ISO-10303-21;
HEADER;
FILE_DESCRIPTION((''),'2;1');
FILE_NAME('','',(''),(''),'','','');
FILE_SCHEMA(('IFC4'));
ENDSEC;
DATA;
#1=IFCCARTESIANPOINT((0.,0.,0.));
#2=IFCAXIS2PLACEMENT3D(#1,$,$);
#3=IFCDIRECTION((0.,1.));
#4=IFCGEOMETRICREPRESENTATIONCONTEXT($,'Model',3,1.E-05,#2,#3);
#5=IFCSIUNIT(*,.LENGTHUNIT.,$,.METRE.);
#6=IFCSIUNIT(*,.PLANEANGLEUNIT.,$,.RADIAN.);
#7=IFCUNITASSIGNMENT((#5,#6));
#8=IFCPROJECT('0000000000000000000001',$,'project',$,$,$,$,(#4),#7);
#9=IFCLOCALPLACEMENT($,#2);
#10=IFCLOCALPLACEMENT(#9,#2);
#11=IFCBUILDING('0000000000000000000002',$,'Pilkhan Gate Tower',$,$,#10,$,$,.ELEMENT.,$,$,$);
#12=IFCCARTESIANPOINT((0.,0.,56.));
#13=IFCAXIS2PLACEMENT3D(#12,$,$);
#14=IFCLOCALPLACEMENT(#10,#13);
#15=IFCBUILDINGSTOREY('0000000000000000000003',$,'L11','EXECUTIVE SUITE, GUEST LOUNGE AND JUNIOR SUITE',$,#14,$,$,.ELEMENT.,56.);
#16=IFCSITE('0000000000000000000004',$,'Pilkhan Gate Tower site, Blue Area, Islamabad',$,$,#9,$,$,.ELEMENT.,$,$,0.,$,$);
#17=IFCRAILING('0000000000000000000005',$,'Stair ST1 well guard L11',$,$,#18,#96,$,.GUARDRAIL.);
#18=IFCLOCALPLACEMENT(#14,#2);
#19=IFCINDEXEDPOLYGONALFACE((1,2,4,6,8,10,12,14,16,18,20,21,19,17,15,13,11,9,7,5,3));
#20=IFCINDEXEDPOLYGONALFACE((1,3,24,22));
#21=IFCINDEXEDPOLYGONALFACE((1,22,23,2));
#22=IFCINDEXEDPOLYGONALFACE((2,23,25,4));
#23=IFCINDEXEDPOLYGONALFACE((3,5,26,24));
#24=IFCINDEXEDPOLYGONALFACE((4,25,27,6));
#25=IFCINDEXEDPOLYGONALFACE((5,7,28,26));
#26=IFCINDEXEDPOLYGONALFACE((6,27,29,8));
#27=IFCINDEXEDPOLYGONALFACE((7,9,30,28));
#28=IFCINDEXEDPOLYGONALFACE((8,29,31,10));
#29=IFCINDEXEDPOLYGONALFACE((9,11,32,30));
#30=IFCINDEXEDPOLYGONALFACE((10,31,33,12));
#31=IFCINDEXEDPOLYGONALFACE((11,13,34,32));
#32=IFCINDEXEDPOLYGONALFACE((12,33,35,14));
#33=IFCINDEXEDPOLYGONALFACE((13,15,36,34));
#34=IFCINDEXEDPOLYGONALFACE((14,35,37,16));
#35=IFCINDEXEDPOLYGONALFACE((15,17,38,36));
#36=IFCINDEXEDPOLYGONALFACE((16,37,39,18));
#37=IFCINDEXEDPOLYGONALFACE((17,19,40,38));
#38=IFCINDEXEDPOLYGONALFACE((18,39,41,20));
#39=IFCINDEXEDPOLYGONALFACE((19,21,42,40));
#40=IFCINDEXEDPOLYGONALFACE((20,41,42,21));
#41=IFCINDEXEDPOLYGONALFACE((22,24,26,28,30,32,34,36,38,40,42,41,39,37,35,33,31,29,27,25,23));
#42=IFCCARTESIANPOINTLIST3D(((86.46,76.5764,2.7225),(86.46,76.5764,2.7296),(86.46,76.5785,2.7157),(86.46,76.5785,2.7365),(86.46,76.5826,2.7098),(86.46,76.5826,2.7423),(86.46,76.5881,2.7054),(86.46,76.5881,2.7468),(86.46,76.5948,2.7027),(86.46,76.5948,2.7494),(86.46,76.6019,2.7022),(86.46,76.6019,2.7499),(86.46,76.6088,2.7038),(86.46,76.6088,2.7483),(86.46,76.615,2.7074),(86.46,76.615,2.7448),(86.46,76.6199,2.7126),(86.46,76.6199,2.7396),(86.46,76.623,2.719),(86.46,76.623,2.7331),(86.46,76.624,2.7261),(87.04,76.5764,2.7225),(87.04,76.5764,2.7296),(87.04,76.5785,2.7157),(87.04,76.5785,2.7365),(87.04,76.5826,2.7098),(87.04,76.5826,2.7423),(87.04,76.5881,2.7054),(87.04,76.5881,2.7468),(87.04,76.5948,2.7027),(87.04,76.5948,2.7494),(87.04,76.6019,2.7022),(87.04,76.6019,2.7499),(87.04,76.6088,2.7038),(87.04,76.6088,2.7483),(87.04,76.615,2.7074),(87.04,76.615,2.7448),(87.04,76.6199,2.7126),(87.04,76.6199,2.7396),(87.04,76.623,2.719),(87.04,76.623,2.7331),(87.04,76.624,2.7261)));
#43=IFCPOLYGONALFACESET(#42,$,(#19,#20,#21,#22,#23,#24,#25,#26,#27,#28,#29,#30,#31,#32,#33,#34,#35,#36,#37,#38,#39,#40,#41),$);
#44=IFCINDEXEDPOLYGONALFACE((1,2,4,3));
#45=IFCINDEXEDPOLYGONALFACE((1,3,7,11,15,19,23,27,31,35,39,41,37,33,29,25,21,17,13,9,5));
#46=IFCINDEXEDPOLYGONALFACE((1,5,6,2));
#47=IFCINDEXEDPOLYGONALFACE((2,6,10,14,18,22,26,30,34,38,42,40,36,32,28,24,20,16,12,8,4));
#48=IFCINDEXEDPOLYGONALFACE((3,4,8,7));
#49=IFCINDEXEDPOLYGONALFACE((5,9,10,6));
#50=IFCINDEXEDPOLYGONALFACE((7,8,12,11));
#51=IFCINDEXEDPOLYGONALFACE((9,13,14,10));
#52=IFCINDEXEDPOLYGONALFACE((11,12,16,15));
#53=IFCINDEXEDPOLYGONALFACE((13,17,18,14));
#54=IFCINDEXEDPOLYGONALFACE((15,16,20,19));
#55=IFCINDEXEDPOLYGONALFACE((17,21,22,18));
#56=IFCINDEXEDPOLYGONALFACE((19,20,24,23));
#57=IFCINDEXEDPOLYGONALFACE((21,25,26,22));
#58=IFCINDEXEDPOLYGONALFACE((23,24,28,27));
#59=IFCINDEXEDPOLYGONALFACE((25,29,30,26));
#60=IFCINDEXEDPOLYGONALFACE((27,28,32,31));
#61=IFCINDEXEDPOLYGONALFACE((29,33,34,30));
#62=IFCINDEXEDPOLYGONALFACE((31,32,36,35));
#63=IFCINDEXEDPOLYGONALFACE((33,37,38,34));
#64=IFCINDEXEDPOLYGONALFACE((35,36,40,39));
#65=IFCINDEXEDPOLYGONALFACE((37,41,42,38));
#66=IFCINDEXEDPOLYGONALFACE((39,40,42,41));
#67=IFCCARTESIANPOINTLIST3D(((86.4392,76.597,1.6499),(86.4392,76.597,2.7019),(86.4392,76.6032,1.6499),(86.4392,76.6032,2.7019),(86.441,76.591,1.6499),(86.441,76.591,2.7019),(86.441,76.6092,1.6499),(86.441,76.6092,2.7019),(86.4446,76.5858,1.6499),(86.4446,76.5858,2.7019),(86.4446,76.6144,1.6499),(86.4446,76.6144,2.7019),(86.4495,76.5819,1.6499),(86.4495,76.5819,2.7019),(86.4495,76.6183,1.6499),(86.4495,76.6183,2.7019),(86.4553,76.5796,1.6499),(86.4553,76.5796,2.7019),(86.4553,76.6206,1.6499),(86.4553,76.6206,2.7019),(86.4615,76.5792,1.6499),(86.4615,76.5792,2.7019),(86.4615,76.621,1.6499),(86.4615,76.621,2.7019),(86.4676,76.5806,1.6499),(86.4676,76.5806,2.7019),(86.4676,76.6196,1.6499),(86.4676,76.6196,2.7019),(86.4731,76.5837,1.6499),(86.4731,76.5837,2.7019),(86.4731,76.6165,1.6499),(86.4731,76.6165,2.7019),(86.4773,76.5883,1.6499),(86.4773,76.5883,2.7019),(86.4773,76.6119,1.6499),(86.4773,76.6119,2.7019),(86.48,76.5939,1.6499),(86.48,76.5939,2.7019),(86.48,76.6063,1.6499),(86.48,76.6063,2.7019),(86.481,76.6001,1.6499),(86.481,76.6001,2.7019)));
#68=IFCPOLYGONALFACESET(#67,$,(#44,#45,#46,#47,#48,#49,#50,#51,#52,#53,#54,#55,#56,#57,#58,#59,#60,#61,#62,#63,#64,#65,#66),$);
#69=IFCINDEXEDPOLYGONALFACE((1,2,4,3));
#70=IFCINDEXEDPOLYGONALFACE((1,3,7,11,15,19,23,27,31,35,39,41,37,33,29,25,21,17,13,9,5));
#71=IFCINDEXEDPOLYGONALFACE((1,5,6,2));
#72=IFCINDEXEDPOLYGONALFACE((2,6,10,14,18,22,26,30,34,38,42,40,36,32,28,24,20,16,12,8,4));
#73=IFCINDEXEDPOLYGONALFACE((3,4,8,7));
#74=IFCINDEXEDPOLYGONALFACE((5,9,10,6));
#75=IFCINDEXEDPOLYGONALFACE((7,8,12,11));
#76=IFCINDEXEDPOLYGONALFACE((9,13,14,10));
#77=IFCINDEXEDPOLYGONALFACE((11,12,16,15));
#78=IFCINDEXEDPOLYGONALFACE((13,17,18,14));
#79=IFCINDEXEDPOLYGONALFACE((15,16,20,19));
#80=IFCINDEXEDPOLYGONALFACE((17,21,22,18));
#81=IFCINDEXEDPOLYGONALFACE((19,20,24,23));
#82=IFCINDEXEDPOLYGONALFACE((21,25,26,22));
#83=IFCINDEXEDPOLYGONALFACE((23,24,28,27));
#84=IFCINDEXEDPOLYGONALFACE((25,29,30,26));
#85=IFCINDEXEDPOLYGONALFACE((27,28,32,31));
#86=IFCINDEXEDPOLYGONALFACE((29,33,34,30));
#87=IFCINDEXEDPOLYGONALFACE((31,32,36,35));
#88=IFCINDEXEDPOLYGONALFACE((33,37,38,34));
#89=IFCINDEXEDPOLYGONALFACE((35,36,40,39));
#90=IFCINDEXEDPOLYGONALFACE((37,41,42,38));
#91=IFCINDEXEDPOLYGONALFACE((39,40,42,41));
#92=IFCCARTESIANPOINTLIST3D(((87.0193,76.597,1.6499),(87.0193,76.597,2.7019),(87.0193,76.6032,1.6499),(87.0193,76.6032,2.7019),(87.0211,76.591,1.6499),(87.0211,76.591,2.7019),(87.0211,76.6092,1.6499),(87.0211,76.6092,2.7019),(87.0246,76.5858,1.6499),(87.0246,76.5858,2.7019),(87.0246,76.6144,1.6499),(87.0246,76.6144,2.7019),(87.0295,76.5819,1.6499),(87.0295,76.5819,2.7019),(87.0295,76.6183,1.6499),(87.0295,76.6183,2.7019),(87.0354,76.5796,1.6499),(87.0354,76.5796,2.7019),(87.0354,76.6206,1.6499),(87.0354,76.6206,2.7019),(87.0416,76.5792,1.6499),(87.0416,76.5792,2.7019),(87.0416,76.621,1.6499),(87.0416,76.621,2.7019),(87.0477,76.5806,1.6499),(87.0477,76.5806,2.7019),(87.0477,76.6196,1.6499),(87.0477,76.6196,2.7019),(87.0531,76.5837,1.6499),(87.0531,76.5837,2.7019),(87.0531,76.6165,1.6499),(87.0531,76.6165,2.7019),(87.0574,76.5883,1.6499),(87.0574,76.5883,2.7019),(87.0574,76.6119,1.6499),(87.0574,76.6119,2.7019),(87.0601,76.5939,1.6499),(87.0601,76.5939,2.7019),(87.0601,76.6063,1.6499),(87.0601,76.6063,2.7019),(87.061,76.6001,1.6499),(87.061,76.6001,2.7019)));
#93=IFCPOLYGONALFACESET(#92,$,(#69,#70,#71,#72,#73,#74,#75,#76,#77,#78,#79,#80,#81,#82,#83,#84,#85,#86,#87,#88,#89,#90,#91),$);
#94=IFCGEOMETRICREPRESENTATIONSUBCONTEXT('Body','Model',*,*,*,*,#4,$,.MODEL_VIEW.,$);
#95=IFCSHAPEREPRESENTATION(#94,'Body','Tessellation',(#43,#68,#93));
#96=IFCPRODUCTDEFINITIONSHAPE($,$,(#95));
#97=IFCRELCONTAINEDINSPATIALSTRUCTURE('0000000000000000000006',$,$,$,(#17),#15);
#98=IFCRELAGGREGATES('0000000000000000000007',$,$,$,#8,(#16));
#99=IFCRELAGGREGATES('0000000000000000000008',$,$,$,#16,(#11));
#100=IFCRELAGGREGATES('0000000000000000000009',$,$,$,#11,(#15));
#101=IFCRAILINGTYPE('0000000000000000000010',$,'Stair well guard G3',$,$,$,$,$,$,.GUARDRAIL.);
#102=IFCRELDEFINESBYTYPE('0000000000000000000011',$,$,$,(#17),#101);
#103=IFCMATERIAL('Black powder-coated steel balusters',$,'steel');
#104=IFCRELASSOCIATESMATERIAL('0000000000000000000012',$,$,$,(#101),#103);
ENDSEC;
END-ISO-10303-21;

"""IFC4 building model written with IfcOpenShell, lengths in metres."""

from ifc_helpers import new_model, si_unit, direction, frame, origin, origin_2d, place, context, subcontext, project, spatial, circle, extrude, material, type_object, element, save


model = new_model("IFC4")

# Units and contexts
model_context = context("Model", 3, precision=1e-05, world=origin(), true_north=direction((0.0, 1.0)))
body_context = subcontext(model_context, "Body", "Model", "MODEL_VIEW")
ifc_project = project(units=[si_unit("LENGTHUNIT", "METRE"), si_unit("PLANEANGLEUNIT", "RADIAN")], contexts=[model_context])

# Site, building, storey
site_placement = place(None, origin())
site = spatial("IfcSite", under=ifc_project, at=site_placement, Name="Pilkhan Gate Tower site, Blue Area, Islamabad", CompositionType="ELEMENT", RefElevation=0.0)
building_placement = place(site_placement, origin())
building = spatial("IfcBuilding", under=site, at=building_placement, Name="Pilkhan Gate Tower", CompositionType="ELEMENT")
storey_placement = place(building_placement, frame((0.0, 0.0, 56.0)))
storey = spatial("IfcBuildingStorey", under=building, at=storey_placement, Name="L11", Description="EXECUTIVE SUITE, GUEST LOUNGE AND JUNIOR SUITE", CompositionType="ELEMENT", Elevation=56.0)

# Railing
ifc_material_1 = material(Name="Black powder-coated steel balusters", Category="steel")
railing_type_1 = type_object("IfcRailingType", Name="Stair well guard G3", PredefinedType="GUARDRAIL", material=ifc_material_1)
for number, where, name in (
    (1, (86.46, 76.6001, 1.6499), "Stair ST1 well guard L11"),
):
    element("IfcRailing", number, at=place(storey_placement, frame(where)), inside=storey, type_object=railing_type_1, Name=name, PredefinedType="GUARDRAIL", context=body_context, shape_type="SweptSolid", body=[
        extrude(circle(Radius=0.0239, at=origin_2d()), frame((0.0, 0.0, 1.0762), z_axis=(1.0, 0.0, 0.0), x_axis=(0.0, 1.0, 0.0)), (0.0, 0.0, 1.0), 0.5801),
        extrude(circle(Radius=0.021, at=origin_2d()), origin(), (0.0, 0.0, 1.0), 1.052),
        extrude(circle(Radius=0.021, at=origin_2d()), frame((0.5801, 0.0, 0.0)), (0.0, 0.0, 1.0), 1.052),
    ])

save(model, "model.ifc")
